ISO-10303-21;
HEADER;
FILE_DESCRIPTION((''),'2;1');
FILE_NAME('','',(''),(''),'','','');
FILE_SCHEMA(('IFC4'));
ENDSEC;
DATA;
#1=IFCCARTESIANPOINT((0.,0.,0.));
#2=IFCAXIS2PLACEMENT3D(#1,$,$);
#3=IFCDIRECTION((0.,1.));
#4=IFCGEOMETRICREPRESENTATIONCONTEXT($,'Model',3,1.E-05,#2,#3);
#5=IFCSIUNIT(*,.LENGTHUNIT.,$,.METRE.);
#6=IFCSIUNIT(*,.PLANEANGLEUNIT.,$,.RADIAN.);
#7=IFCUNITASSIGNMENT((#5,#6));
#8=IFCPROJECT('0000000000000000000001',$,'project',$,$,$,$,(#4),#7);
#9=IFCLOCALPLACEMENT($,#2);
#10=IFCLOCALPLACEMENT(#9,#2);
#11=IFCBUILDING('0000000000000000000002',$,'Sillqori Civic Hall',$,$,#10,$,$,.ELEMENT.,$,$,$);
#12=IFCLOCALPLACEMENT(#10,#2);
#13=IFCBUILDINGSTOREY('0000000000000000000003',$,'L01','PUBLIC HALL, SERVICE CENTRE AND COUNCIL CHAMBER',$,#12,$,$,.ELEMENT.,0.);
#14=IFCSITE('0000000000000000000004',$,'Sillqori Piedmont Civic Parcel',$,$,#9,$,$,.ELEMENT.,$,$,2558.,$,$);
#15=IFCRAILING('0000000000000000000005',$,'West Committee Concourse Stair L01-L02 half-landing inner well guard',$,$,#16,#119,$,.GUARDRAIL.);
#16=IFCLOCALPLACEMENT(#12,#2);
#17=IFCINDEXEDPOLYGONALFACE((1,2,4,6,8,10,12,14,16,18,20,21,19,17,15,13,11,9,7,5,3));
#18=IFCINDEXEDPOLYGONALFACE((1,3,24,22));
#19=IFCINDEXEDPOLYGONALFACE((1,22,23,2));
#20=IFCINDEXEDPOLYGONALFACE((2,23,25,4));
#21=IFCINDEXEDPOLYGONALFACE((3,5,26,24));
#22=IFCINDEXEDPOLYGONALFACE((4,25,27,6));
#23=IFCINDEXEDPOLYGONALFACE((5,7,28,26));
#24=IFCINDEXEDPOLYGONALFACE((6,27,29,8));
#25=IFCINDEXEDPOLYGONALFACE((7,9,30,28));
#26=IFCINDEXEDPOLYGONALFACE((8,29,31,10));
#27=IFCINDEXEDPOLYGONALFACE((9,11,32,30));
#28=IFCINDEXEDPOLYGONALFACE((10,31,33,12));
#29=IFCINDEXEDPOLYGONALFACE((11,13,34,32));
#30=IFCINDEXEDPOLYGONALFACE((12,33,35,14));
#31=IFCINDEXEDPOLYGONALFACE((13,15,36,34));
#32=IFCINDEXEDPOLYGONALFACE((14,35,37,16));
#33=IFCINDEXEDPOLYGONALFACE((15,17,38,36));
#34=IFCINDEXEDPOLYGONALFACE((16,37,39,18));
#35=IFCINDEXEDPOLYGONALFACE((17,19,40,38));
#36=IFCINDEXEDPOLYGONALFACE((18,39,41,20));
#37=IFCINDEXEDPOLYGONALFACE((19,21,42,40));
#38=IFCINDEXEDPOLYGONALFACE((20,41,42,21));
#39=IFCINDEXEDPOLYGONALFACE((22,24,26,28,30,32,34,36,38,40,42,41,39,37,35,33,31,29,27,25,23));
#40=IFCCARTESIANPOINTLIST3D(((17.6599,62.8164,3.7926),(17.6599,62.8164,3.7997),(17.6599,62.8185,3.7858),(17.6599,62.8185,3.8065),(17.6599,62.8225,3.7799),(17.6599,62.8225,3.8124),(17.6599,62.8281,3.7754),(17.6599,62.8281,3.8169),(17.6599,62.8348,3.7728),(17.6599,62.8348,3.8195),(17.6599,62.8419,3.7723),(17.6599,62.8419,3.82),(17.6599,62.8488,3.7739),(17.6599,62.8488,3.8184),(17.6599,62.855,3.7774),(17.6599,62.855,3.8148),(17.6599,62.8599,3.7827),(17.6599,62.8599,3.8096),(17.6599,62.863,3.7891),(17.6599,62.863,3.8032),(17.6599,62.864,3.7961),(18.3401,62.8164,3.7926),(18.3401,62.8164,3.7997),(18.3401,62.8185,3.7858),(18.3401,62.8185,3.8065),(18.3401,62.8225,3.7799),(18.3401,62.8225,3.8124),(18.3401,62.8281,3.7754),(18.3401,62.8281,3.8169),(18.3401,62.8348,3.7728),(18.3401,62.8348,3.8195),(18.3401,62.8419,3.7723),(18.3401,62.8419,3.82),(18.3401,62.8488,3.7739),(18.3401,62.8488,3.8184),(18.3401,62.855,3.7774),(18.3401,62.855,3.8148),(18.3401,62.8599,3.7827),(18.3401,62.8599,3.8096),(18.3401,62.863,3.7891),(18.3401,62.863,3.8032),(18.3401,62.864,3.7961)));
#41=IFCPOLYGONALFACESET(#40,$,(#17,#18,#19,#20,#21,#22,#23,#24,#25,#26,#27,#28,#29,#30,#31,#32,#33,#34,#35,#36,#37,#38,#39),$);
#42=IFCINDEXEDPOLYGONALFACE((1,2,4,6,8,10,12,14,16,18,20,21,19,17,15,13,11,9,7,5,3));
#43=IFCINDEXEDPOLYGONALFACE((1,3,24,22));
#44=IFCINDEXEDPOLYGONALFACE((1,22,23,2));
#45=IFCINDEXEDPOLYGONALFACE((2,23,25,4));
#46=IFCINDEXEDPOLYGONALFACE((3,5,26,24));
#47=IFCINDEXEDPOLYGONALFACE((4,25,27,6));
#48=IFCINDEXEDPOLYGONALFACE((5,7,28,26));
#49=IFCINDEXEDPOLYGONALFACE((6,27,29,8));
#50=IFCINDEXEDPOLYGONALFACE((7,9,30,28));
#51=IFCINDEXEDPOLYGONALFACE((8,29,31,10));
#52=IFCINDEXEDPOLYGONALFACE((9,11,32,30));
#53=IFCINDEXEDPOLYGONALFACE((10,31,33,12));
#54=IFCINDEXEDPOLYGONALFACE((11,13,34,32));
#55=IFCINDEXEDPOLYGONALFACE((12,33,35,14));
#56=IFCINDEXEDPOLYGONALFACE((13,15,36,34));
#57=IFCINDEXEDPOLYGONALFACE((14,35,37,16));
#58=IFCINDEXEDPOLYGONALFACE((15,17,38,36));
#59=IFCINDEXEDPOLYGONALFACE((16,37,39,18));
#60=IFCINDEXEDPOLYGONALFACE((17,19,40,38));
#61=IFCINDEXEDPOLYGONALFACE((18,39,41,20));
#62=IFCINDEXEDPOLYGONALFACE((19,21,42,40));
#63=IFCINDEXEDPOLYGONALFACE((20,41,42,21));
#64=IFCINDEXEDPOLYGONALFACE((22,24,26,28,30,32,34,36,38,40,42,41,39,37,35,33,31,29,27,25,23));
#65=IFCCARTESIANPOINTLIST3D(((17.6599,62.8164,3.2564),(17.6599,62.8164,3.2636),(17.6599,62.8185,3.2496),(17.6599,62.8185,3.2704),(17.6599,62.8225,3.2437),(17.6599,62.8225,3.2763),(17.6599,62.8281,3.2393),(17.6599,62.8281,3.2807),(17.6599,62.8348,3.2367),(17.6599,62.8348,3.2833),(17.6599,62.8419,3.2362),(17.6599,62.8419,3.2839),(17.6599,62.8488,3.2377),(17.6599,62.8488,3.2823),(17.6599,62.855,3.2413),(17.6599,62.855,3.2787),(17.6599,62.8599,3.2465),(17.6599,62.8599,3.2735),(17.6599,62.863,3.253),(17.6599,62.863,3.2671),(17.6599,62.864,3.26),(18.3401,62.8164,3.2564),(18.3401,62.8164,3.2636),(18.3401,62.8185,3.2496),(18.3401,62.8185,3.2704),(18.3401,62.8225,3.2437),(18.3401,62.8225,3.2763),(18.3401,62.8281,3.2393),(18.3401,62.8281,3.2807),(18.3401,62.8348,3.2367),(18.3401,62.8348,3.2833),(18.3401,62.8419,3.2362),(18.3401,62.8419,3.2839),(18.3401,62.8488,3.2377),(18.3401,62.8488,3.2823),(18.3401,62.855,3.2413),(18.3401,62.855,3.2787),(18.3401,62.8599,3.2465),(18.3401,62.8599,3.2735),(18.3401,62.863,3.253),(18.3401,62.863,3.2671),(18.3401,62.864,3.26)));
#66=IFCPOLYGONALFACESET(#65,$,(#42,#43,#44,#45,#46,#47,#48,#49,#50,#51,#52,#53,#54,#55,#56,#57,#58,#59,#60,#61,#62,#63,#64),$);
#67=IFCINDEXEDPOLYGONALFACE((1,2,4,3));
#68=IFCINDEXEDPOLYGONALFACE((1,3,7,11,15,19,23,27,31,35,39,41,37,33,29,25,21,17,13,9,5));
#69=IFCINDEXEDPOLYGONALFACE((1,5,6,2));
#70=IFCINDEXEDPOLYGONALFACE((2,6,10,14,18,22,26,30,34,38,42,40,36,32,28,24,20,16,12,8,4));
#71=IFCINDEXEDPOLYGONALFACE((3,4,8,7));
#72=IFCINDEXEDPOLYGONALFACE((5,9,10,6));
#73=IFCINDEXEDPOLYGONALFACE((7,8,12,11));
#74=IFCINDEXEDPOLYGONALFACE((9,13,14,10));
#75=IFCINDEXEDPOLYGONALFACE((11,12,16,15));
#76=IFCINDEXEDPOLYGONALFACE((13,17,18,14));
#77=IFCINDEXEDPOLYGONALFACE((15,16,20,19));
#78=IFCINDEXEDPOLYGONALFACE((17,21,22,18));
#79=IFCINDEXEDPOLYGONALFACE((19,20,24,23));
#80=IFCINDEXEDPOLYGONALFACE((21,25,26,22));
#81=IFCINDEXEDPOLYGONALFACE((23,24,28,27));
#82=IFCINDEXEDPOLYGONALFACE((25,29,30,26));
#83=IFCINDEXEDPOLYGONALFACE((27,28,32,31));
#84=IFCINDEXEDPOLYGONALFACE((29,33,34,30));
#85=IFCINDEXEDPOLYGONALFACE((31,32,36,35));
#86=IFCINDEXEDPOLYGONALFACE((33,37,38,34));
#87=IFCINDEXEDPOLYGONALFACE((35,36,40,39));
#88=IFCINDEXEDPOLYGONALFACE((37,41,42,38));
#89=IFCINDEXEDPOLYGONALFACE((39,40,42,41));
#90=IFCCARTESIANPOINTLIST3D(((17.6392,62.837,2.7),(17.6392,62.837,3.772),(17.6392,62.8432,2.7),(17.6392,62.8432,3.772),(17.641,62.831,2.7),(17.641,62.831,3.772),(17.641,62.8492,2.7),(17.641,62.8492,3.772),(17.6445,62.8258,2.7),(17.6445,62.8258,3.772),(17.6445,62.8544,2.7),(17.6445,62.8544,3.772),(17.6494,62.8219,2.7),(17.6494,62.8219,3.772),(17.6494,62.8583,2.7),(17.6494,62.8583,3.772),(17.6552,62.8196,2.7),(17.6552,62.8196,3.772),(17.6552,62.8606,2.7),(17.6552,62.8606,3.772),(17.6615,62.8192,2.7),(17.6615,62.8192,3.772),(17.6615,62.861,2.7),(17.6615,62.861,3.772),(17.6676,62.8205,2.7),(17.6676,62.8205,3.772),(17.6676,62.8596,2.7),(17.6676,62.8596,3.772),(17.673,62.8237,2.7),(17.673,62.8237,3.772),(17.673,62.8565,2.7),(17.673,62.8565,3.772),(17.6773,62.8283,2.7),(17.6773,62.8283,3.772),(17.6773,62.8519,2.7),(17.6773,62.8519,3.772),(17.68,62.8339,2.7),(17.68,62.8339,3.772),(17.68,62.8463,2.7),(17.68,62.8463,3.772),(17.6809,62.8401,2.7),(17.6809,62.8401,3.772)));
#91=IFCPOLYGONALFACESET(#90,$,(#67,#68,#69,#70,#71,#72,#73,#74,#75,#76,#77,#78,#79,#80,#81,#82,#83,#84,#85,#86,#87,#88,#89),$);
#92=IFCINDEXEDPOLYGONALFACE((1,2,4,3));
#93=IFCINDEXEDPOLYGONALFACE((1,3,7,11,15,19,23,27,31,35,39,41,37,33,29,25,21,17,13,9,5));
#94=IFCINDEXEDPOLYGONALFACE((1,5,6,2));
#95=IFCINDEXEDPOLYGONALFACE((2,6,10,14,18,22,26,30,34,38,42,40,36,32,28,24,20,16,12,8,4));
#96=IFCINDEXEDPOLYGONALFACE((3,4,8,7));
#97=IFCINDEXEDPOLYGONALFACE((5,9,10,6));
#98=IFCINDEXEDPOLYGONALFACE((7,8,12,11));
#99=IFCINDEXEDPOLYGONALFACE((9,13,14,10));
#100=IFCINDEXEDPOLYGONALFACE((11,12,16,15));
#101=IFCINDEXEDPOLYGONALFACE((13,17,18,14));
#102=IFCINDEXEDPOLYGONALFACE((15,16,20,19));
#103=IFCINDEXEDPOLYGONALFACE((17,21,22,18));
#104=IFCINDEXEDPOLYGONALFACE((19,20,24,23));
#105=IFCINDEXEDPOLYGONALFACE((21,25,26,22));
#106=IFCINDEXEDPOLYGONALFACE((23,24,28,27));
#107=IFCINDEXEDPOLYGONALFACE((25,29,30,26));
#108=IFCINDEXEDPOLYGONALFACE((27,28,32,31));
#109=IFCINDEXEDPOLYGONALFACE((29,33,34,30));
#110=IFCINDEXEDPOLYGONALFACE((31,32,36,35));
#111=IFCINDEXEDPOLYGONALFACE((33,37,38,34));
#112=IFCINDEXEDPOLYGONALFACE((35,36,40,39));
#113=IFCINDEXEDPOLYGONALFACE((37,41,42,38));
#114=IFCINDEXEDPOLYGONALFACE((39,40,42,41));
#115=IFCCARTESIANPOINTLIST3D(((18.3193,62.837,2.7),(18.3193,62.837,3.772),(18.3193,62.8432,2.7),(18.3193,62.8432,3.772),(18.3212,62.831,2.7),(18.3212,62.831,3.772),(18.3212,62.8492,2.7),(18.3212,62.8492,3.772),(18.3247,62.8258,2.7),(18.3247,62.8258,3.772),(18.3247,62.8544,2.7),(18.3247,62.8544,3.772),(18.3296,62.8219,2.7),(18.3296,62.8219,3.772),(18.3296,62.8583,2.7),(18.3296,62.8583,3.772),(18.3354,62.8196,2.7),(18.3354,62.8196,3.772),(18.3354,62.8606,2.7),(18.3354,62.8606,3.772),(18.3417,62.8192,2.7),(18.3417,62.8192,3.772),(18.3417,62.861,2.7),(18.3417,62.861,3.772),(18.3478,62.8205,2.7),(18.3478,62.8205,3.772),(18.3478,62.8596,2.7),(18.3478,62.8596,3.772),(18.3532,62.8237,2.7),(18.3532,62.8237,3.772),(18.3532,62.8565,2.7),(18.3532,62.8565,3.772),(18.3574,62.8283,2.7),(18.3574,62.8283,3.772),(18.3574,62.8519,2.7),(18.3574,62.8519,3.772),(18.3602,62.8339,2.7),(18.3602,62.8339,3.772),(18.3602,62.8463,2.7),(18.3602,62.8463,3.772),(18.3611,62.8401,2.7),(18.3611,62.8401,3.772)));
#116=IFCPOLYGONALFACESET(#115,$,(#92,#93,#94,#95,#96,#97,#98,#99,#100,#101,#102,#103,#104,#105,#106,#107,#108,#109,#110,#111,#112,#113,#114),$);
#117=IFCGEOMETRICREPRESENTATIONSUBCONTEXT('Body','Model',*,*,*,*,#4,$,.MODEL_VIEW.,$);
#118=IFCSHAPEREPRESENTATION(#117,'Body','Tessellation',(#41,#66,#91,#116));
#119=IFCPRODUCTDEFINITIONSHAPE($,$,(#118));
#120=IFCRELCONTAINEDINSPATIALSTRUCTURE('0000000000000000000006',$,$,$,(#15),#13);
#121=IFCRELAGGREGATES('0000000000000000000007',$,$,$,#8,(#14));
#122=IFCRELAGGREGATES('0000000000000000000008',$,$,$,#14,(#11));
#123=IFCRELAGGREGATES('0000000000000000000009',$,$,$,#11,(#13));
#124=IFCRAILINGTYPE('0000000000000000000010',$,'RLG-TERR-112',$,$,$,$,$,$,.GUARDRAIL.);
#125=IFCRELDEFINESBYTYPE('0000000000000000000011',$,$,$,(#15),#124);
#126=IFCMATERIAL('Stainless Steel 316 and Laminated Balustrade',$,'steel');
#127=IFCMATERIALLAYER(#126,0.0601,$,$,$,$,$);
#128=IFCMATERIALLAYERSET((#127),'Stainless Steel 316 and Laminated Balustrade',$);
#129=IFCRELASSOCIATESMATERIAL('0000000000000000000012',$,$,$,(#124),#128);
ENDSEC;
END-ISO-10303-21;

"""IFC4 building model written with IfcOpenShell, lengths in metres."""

from ifc_helpers import new_model, si_unit, direction, frame, origin, origin_2d, place, context, subcontext, project, spatial, circle, extrude, material, layer, layer_set, type_object, element, save


model = new_model("IFC4")

# Units and contexts
model_context = context("Model", 3, precision=1e-05, world=origin(), true_north=direction((0.0, 1.0)))
body_context = subcontext(model_context, "Body", "Model", "MODEL_VIEW")
ifc_project = project(units=[si_unit("LENGTHUNIT", "METRE"), si_unit("PLANEANGLEUNIT", "RADIAN")], contexts=[model_context])

# Site, building, storey
site_placement = place(None, origin())
site = spatial("IfcSite", under=ifc_project, at=site_placement, Name="Sillqori Piedmont Civic Parcel", CompositionType="ELEMENT", RefElevation=2558.0)
building_placement = place(site_placement, origin())
building = spatial("IfcBuilding", under=site, at=building_placement, Name="Sillqori Civic Hall", CompositionType="ELEMENT")
storey_placement = place(building_placement, origin())
storey = spatial("IfcBuildingStorey", under=building, at=storey_placement, Name="L01", Description="PUBLIC HALL, SERVICE CENTRE AND COUNCIL CHAMBER", CompositionType="ELEMENT", Elevation=0.0)

# Railing
ifc_material_1 = material(Name="Stainless Steel 316 and Laminated Balustrade", Category="steel")
ifc_layer_1 = layer(ifc_material_1, 0.0601)
ifc_layer_set_1 = layer_set([ifc_layer_1], Name="Stainless Steel 316 and Laminated Balustrade")
railing_type_1 = type_object("IfcRailingType", Name="RLG-TERR-112", PredefinedType="GUARDRAIL", material=ifc_layer_set_1)
railing_1_placement = place(storey_placement, frame((17.6599, 62.8401, 2.7)))
element("IfcRailing", 1, at=railing_1_placement, inside=storey, type_object=railing_type_1, Name="West Committee Concourse Stair L01-L02 half-landing inner well guard", PredefinedType="GUARDRAIL", context=body_context, shape_type="SweptSolid", body=[
    extrude(circle(Radius=0.0239, at=origin_2d()), frame((0.0, 0.0, 1.0962), z_axis=(1.0, 0.0, 0.0), x_axis=(0.0, 1.0, 0.0)), (0.0, 0.0, 1.0), 0.6802),
    extrude(circle(Radius=0.0239, at=origin_2d()), frame((0.0, 0.0, 0.5601), z_axis=(1.0, 0.0, 0.0), x_axis=(0.0, 1.0, 0.0)), (0.0, 0.0, 1.0), 0.6802),
    extrude(circle(Radius=0.021, at=origin_2d()), origin(), (0.0, 0.0, 1.0), 1.072),
    extrude(circle(Radius=0.021, at=origin_2d()), frame((0.6802, 0.0, 0.0)), (0.0, 0.0, 1.0), 1.072),
])

save(model, "model.ifc")
